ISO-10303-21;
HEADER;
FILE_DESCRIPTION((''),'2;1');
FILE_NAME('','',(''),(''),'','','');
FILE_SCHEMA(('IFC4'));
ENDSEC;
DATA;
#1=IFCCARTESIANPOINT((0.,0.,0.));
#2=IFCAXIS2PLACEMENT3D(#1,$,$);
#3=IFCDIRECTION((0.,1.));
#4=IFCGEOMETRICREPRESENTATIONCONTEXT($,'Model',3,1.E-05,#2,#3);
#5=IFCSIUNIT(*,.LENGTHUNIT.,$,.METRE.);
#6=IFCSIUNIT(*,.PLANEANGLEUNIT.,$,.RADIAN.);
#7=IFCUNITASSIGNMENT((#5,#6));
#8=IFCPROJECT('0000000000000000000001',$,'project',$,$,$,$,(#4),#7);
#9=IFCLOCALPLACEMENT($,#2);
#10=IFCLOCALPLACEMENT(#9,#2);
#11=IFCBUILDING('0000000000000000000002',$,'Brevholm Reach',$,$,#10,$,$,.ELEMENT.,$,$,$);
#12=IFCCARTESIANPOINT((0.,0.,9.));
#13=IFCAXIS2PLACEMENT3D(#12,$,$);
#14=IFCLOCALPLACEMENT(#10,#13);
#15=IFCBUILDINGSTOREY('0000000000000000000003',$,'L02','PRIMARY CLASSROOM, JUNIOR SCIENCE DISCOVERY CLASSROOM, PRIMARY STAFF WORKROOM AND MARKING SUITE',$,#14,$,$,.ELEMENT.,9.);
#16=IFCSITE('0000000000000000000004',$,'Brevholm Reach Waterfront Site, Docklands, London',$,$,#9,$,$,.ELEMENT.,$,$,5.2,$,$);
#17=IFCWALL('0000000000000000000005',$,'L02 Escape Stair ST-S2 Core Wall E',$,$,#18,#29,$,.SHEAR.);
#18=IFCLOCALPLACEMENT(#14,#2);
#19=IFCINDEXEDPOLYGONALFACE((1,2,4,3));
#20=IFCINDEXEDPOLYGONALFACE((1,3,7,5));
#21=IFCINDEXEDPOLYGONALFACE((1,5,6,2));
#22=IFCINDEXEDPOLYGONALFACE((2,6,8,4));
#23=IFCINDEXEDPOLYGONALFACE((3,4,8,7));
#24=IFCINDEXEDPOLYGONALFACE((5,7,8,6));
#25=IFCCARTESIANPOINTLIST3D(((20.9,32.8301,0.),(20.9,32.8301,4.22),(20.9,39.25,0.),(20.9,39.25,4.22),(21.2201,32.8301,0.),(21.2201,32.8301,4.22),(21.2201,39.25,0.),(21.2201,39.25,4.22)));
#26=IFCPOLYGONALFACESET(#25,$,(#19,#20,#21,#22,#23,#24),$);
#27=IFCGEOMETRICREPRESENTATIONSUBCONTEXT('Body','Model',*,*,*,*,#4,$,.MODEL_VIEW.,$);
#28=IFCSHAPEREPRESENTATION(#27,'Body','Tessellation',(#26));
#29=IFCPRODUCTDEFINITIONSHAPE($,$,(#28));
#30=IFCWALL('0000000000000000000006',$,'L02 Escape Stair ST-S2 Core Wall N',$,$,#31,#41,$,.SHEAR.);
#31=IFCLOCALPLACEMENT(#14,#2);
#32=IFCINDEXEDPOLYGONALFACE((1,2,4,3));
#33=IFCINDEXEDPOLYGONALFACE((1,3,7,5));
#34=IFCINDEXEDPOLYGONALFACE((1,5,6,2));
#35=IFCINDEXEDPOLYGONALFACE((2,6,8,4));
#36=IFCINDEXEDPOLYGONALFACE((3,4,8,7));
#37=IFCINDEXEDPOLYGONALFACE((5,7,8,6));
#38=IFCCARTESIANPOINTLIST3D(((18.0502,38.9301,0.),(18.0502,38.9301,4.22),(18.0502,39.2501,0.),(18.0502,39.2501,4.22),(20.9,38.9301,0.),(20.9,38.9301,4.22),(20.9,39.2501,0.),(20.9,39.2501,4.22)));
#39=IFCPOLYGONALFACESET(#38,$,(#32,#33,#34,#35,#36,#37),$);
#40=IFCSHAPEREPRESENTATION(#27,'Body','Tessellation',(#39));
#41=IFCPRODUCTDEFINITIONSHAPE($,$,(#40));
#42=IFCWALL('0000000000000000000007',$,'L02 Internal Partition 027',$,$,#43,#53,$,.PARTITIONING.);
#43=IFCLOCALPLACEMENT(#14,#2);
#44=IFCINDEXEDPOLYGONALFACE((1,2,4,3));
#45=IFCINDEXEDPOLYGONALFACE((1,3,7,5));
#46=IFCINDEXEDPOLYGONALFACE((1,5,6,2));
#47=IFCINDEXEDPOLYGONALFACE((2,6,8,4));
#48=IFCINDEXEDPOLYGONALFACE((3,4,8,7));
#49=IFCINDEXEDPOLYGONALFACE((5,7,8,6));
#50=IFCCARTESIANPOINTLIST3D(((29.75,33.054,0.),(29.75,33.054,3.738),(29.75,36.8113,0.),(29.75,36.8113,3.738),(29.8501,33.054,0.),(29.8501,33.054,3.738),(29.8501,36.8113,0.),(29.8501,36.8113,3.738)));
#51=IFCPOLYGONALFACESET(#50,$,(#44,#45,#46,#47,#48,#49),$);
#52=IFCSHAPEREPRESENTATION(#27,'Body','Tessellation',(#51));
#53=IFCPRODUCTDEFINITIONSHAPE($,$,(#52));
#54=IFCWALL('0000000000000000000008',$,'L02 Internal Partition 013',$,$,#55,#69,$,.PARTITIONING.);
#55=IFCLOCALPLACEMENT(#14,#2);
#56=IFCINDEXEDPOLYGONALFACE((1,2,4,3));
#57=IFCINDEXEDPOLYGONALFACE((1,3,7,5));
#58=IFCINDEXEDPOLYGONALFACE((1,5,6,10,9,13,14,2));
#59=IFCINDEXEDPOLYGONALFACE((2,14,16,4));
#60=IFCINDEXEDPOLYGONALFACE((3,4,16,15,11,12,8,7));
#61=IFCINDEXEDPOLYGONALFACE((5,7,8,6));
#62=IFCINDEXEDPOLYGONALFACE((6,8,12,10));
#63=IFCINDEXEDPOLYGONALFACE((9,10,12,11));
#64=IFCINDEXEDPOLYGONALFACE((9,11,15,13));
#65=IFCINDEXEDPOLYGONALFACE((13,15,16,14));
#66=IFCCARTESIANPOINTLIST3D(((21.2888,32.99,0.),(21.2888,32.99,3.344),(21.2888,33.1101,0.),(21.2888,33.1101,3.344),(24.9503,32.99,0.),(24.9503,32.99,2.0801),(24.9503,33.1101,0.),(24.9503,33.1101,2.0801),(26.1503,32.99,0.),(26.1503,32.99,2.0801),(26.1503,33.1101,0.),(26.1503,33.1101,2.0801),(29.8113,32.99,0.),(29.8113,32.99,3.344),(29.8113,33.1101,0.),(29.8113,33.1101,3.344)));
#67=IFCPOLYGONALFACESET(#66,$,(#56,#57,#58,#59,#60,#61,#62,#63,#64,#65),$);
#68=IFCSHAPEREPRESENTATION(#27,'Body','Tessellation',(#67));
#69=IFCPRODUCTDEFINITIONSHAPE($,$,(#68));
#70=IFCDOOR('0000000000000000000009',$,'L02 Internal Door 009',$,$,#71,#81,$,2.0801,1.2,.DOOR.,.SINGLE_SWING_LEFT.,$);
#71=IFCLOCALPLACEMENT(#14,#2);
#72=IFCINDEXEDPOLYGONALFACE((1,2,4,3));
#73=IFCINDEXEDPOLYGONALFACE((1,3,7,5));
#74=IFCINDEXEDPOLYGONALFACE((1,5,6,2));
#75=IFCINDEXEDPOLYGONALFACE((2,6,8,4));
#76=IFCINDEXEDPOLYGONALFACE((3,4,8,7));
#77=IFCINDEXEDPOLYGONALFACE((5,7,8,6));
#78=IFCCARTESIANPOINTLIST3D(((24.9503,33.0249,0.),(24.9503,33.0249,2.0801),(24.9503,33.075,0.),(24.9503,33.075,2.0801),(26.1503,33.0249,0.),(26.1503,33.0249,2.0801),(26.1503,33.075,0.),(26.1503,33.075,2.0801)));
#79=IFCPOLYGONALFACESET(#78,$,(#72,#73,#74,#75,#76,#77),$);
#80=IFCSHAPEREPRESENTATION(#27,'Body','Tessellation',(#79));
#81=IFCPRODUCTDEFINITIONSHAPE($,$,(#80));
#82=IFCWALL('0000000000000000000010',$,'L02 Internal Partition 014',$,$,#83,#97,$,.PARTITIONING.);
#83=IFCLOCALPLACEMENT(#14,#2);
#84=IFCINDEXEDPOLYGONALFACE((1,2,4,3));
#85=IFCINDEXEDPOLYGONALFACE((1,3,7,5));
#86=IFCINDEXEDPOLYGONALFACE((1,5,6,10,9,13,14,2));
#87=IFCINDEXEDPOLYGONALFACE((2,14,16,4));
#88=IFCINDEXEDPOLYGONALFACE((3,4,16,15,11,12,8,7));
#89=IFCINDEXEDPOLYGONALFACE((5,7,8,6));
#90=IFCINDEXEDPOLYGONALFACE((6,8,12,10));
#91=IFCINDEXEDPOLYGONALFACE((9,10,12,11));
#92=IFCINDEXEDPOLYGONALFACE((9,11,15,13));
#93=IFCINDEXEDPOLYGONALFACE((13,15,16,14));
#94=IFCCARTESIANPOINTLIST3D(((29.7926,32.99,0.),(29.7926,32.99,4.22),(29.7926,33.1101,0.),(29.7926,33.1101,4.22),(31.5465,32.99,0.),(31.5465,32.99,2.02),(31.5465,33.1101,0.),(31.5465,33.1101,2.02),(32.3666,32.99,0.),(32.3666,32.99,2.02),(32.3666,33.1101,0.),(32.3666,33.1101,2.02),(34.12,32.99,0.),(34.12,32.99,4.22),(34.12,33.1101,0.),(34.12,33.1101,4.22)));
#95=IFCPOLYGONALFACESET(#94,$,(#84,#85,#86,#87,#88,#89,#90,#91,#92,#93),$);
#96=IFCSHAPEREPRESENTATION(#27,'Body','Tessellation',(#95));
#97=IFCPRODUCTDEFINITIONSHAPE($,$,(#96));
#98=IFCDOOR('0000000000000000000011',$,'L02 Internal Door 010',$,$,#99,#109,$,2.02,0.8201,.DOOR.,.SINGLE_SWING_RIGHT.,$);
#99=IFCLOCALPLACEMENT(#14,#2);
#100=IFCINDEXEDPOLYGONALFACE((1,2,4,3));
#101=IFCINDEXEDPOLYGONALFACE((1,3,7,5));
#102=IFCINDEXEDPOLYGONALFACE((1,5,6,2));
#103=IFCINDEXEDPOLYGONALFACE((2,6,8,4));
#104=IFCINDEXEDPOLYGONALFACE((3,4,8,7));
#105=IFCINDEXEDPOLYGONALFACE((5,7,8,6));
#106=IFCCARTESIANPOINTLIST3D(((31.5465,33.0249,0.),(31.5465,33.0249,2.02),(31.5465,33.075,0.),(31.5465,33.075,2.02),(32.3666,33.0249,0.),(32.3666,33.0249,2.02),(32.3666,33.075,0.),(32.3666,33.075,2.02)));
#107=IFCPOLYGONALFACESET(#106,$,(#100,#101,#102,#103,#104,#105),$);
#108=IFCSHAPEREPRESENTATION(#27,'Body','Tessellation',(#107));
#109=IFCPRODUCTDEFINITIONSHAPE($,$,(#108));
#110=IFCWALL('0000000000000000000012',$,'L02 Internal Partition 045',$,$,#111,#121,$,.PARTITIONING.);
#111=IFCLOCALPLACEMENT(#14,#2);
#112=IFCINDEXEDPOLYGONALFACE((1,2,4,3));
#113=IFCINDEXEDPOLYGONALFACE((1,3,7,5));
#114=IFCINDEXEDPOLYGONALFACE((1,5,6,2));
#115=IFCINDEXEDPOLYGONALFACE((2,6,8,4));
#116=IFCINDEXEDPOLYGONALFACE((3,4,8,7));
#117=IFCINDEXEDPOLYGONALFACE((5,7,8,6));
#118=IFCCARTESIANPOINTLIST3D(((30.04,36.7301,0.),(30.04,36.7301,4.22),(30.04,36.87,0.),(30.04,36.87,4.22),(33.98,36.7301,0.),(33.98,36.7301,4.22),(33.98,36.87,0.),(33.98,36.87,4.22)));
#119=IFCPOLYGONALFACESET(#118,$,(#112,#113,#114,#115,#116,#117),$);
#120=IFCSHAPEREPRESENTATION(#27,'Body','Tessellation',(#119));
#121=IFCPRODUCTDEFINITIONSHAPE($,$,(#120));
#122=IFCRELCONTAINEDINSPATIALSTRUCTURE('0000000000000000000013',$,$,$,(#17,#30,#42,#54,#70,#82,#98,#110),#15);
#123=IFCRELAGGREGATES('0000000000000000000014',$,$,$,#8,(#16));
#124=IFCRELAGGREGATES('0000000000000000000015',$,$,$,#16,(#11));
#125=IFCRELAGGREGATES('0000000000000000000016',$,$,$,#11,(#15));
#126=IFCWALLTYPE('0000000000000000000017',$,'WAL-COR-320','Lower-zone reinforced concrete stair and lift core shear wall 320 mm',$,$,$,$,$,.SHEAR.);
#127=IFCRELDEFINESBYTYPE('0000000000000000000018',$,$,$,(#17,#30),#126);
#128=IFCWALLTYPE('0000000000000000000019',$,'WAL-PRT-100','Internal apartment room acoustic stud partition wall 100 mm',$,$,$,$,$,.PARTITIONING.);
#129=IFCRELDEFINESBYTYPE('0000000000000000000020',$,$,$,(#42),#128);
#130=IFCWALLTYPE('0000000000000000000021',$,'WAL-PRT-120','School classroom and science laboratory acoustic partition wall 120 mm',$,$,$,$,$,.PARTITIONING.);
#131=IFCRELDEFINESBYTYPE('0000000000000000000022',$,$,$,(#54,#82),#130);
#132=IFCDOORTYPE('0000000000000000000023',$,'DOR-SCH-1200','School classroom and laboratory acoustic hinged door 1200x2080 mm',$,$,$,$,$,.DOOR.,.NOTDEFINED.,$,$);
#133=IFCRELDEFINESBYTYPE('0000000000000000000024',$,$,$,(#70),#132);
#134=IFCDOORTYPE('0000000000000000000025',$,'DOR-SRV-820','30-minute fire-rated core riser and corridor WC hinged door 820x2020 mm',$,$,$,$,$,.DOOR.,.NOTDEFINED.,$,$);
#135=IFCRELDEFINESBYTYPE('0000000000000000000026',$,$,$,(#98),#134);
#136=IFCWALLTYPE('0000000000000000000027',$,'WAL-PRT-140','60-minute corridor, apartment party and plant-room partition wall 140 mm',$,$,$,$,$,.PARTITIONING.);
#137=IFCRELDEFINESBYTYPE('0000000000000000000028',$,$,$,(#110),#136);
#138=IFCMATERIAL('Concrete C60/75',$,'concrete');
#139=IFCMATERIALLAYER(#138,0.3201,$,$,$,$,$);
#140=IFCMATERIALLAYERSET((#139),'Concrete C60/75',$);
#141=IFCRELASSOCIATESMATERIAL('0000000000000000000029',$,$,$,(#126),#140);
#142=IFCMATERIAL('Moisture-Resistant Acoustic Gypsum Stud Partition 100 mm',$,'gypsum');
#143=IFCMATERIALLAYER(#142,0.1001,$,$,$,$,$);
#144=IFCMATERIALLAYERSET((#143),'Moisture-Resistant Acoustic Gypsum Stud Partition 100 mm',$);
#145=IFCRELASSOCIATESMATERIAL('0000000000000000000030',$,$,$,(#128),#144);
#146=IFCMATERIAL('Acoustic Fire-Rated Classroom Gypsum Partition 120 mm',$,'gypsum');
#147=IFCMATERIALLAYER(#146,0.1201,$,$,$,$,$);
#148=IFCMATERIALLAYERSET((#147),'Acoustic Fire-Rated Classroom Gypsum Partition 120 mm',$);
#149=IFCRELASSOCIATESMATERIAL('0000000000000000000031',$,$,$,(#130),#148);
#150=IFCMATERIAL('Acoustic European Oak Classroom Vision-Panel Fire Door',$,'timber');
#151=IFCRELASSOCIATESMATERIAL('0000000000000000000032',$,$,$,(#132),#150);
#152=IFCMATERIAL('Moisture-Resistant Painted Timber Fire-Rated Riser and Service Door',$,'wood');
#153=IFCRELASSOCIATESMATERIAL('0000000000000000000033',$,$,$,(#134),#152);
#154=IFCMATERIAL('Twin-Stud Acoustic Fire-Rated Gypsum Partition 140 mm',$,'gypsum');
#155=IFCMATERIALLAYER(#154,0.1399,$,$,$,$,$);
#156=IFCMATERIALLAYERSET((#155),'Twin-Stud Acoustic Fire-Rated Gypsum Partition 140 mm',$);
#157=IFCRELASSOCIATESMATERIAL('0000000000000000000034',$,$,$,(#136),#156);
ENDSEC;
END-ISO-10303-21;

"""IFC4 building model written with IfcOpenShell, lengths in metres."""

from ifc_helpers import new_model, si_unit, direction, frame, frame_2d, origin, place, context, subcontext, project, spatial, rectangle, extrude, material, layer, layer_set, type_object, element, fill, save


model = new_model("IFC4")

# Units and contexts
model_context = context("Model", 3, precision=1e-05, world=origin(), true_north=direction((0.0, 1.0)))
body_context = subcontext(model_context, "Body", "Model", "MODEL_VIEW")
ifc_project = project(units=[si_unit("LENGTHUNIT", "METRE"), si_unit("PLANEANGLEUNIT", "RADIAN")], contexts=[model_context])

# Site, building, storey
site_placement = place(None, origin())
site = spatial("IfcSite", under=ifc_project, at=site_placement, Name="Brevholm Reach Waterfront Site, Docklands, London", CompositionType="ELEMENT", RefElevation=5.2)
building_placement = place(site_placement, origin())
building = spatial("IfcBuilding", under=site, at=building_placement, Name="Brevholm Reach", CompositionType="ELEMENT")
storey_placement = place(building_placement, frame((0.0, 0.0, 9.0)))
storey = spatial("IfcBuildingStorey", under=building, at=storey_placement, Name="L02", Description="PRIMARY CLASSROOM, JUNIOR SCIENCE DISCOVERY CLASSROOM, PRIMARY STAFF WORKROOM AND MARKING SUITE", CompositionType="ELEMENT", Elevation=9.0)

# Walls
ifc_material_1 = material(Name="Concrete C60/75", Category="concrete")
ifc_layer_1 = layer(ifc_material_1, 0.3201)
ifc_layer_set_1 = layer_set([ifc_layer_1], Name="Concrete C60/75")
wall_type_1 = type_object("IfcWallType", Name="WAL-COR-320", Description="Lower-zone reinforced concrete stair and lift core shear wall 320 mm", PredefinedType="SHEAR", material=ifc_layer_set_1)
wall_1_placement = place(storey_placement, frame((21.0601, 32.8301, 0.0), z_axis=(0.0, 0.0, 1.0), x_axis=(0.0, 1.0, 0.0)))
element("IfcWall", 1, at=wall_1_placement, inside=storey, type_object=wall_type_1, Name="L02 Escape Stair ST-S2 Core Wall E", PredefinedType="SHEAR", context=body_context, shape_type="SweptSolid", body=[
    extrude(rectangle(XDim=6.4199, YDim=0.3201, at=frame_2d((3.21, 0.0))), origin(), (0.0, 0.0, 1.0), 4.22),
])
wall_2_placement = place(storey_placement, frame((20.8999, 39.0901, 0.0), z_axis=(0.0, 0.0, 1.0), x_axis=(-1.0, 0.0, 0.0)))
element("IfcWall", 2, at=wall_2_placement, inside=storey, type_object=wall_type_1, Name="L02 Escape Stair ST-S2 Core Wall N", PredefinedType="SHEAR", context=body_context, shape_type="SweptSolid", body=[
    extrude(rectangle(XDim=2.8499, YDim=0.3201, at=frame_2d((1.4248, 0.0))), origin(), (0.0, 0.0, 1.0), 4.22),
])
ifc_material_2 = material(Name="Moisture-Resistant Acoustic Gypsum Stud Partition 100 mm", Category="gypsum")
ifc_layer_2 = layer(ifc_material_2, 0.1001)
ifc_layer_set_2 = layer_set([ifc_layer_2], Name="Moisture-Resistant Acoustic Gypsum Stud Partition 100 mm")
wall_type_2 = type_object("IfcWallType", Name="WAL-PRT-100", Description="Internal apartment room acoustic stud partition wall 100 mm", PredefinedType="PARTITIONING", material=ifc_layer_set_2)
wall_3_placement = place(storey_placement, frame((29.8, 33.054, 0.0), z_axis=(0.0, 0.0, 1.0), x_axis=(0.0, 1.0, 0.0)))
element("IfcWall", 3, at=wall_3_placement, inside=storey, type_object=wall_type_2, Name="L02 Internal Partition 027", PredefinedType="PARTITIONING", context=body_context, shape_type="SweptSolid", body=[
    extrude(rectangle(XDim=3.7573, YDim=0.1001, at=frame_2d((1.8787, 0.0))), origin(), (0.0, 0.0, 1.0), 3.738),
])

# Walls, openings, doors
ifc_material_3 = material(Name="Acoustic Fire-Rated Classroom Gypsum Partition 120 mm", Category="gypsum")
ifc_layer_3 = layer(ifc_material_3, 0.1201)
ifc_layer_set_3 = layer_set([ifc_layer_3], Name="Acoustic Fire-Rated Classroom Gypsum Partition 120 mm")
wall_type_3 = type_object("IfcWallType", Name="WAL-PRT-120", Description="School classroom and science laboratory acoustic partition wall 120 mm", PredefinedType="PARTITIONING", material=ifc_layer_set_3)
wall_4_placement = place(storey_placement, frame((21.2888, 33.05, 0.0), z_axis=(0.0, 0.0, 1.0), x_axis=(1.0, 0.0, 0.0)))
wall_4 = element("IfcWall", 4, at=wall_4_placement, inside=storey, type_object=wall_type_3, Name="L02 Internal Partition 013", PredefinedType="PARTITIONING", context=body_context, shape_type="SweptSolid", body=[
    extrude(rectangle(XDim=8.5225, YDim=0.1201, at=frame_2d((4.2612, 0.0))), origin(), (0.0, 0.0, 1.0), 3.344),
])
opening_1_placement = place(wall_4_placement, frame((3.6614, 0.0, 0.0)))
opening_1 = element("IfcOpeningElement", 5, at=opening_1_placement, cuts=wall_4, PredefinedType="OPENING", context=body_context, shape_type="SweptSolid", body=[
    extrude(rectangle(XDim=1.2, YDim=2.0801, at=frame_2d((0.6001, 1.04))), frame((0.0, 0.0701, 0.0), z_axis=(0.0, -1.0, 0.0), x_axis=(1.0, 0.0, 0.0)), (0.0, 0.0, 1.0), 0.1401),
])
ifc_material_4 = material(Name="Acoustic European Oak Classroom Vision-Panel Fire Door", Category="timber")
door_type_1 = type_object("IfcDoorType", Name="DOR-SCH-1200", Description="School classroom and laboratory acoustic hinged door 1200x2080 mm", OperationType="NOTDEFINED", PredefinedType="DOOR", material=ifc_material_4)
door_1_placement = place(opening_1_placement, origin())
door_1 = element("IfcDoor", 6, at=door_1_placement, inside=storey, type_object=door_type_1, Name="L02 Internal Door 009", OperationType="SINGLE_SWING_LEFT", OverallHeight=2.0801, OverallWidth=1.2, PredefinedType="DOOR", context=body_context, shape_type="SweptSolid", body=[
    extrude(rectangle(XDim=1.2, YDim=2.0801, at=frame_2d((0.6001, 1.04))), frame((0.0, 0.0249, 0.0), z_axis=(0.0, -1.0, 0.0), x_axis=(1.0, 0.0, 0.0)), (0.0, 0.0, 1.0), 0.05),
])
fill(opening_1, door_1)
wall_5_placement = place(storey_placement, frame((29.7927, 33.05, 0.0), z_axis=(0.0, 0.0, 1.0), x_axis=(1.0, 0.0, 0.0)))
wall_5 = element("IfcWall", 7, at=wall_5_placement, inside=storey, type_object=wall_type_3, Name="L02 Internal Partition 014", PredefinedType="PARTITIONING", context=body_context, shape_type="SweptSolid", body=[
    extrude(rectangle(XDim=4.3274, YDim=0.1201, at=frame_2d((2.1636, 0.0))), origin(), (0.0, 0.0, 1.0), 4.22),
])
opening_2_placement = place(wall_5_placement, frame((1.7537, 0.0, 0.0)))
opening_2 = element("IfcOpeningElement", 8, at=opening_2_placement, cuts=wall_5, PredefinedType="OPENING", context=body_context, shape_type="SweptSolid", body=[
    extrude(rectangle(XDim=0.8201, YDim=2.02, at=frame_2d((0.4102, 1.01))), frame((0.0, 0.0701, 0.0), z_axis=(0.0, -1.0, 0.0), x_axis=(1.0, 0.0, 0.0)), (0.0, 0.0, 1.0), 0.1401),
])
ifc_material_5 = material(Name="Moisture-Resistant Painted Timber Fire-Rated Riser and Service Door", Category="wood")
door_type_2 = type_object("IfcDoorType", Name="DOR-SRV-820", Description="30-minute fire-rated core riser and corridor WC hinged door 820x2020 mm", OperationType="NOTDEFINED", PredefinedType="DOOR", material=ifc_material_5)
door_2_placement = place(opening_2_placement, origin())
door_2 = element("IfcDoor", 9, at=door_2_placement, inside=storey, type_object=door_type_2, Name="L02 Internal Door 010", OperationType="SINGLE_SWING_RIGHT", OverallHeight=2.02, OverallWidth=0.8201, PredefinedType="DOOR", context=body_context, shape_type="SweptSolid", body=[
    extrude(rectangle(XDim=0.8201, YDim=2.02, at=frame_2d((0.4102, 1.01))), frame((0.0, 0.0249, 0.0), z_axis=(0.0, -1.0, 0.0), x_axis=(1.0, 0.0, 0.0)), (0.0, 0.0, 1.0), 0.05),
])
fill(opening_2, door_2)

# Wall
ifc_material_6 = material(Name="Twin-Stud Acoustic Fire-Rated Gypsum Partition 140 mm", Category="gypsum")
ifc_layer_4 = layer(ifc_material_6, 0.1399)
ifc_layer_set_4 = layer_set([ifc_layer_4], Name="Twin-Stud Acoustic Fire-Rated Gypsum Partition 140 mm")
wall_type_4 = type_object("IfcWallType", Name="WAL-PRT-140", Description="60-minute corridor, apartment party and plant-room partition wall 140 mm", PredefinedType="PARTITIONING", material=ifc_layer_set_4)
wall_6_placement = place(storey_placement, frame((30.04, 36.8, 0.0), z_axis=(0.0, 0.0, 1.0), x_axis=(1.0, 0.0, 0.0)))
element("IfcWall", 10, at=wall_6_placement, inside=storey, type_object=wall_type_4, Name="L02 Internal Partition 045", PredefinedType="PARTITIONING", context=body_context, shape_type="SweptSolid", body=[
    extrude(rectangle(XDim=3.9399, YDim=0.1399, at=frame_2d((1.97, 0.0))), origin(), (0.0, 0.0, 1.0), 4.22),
])

save(model, "model.ifc")
